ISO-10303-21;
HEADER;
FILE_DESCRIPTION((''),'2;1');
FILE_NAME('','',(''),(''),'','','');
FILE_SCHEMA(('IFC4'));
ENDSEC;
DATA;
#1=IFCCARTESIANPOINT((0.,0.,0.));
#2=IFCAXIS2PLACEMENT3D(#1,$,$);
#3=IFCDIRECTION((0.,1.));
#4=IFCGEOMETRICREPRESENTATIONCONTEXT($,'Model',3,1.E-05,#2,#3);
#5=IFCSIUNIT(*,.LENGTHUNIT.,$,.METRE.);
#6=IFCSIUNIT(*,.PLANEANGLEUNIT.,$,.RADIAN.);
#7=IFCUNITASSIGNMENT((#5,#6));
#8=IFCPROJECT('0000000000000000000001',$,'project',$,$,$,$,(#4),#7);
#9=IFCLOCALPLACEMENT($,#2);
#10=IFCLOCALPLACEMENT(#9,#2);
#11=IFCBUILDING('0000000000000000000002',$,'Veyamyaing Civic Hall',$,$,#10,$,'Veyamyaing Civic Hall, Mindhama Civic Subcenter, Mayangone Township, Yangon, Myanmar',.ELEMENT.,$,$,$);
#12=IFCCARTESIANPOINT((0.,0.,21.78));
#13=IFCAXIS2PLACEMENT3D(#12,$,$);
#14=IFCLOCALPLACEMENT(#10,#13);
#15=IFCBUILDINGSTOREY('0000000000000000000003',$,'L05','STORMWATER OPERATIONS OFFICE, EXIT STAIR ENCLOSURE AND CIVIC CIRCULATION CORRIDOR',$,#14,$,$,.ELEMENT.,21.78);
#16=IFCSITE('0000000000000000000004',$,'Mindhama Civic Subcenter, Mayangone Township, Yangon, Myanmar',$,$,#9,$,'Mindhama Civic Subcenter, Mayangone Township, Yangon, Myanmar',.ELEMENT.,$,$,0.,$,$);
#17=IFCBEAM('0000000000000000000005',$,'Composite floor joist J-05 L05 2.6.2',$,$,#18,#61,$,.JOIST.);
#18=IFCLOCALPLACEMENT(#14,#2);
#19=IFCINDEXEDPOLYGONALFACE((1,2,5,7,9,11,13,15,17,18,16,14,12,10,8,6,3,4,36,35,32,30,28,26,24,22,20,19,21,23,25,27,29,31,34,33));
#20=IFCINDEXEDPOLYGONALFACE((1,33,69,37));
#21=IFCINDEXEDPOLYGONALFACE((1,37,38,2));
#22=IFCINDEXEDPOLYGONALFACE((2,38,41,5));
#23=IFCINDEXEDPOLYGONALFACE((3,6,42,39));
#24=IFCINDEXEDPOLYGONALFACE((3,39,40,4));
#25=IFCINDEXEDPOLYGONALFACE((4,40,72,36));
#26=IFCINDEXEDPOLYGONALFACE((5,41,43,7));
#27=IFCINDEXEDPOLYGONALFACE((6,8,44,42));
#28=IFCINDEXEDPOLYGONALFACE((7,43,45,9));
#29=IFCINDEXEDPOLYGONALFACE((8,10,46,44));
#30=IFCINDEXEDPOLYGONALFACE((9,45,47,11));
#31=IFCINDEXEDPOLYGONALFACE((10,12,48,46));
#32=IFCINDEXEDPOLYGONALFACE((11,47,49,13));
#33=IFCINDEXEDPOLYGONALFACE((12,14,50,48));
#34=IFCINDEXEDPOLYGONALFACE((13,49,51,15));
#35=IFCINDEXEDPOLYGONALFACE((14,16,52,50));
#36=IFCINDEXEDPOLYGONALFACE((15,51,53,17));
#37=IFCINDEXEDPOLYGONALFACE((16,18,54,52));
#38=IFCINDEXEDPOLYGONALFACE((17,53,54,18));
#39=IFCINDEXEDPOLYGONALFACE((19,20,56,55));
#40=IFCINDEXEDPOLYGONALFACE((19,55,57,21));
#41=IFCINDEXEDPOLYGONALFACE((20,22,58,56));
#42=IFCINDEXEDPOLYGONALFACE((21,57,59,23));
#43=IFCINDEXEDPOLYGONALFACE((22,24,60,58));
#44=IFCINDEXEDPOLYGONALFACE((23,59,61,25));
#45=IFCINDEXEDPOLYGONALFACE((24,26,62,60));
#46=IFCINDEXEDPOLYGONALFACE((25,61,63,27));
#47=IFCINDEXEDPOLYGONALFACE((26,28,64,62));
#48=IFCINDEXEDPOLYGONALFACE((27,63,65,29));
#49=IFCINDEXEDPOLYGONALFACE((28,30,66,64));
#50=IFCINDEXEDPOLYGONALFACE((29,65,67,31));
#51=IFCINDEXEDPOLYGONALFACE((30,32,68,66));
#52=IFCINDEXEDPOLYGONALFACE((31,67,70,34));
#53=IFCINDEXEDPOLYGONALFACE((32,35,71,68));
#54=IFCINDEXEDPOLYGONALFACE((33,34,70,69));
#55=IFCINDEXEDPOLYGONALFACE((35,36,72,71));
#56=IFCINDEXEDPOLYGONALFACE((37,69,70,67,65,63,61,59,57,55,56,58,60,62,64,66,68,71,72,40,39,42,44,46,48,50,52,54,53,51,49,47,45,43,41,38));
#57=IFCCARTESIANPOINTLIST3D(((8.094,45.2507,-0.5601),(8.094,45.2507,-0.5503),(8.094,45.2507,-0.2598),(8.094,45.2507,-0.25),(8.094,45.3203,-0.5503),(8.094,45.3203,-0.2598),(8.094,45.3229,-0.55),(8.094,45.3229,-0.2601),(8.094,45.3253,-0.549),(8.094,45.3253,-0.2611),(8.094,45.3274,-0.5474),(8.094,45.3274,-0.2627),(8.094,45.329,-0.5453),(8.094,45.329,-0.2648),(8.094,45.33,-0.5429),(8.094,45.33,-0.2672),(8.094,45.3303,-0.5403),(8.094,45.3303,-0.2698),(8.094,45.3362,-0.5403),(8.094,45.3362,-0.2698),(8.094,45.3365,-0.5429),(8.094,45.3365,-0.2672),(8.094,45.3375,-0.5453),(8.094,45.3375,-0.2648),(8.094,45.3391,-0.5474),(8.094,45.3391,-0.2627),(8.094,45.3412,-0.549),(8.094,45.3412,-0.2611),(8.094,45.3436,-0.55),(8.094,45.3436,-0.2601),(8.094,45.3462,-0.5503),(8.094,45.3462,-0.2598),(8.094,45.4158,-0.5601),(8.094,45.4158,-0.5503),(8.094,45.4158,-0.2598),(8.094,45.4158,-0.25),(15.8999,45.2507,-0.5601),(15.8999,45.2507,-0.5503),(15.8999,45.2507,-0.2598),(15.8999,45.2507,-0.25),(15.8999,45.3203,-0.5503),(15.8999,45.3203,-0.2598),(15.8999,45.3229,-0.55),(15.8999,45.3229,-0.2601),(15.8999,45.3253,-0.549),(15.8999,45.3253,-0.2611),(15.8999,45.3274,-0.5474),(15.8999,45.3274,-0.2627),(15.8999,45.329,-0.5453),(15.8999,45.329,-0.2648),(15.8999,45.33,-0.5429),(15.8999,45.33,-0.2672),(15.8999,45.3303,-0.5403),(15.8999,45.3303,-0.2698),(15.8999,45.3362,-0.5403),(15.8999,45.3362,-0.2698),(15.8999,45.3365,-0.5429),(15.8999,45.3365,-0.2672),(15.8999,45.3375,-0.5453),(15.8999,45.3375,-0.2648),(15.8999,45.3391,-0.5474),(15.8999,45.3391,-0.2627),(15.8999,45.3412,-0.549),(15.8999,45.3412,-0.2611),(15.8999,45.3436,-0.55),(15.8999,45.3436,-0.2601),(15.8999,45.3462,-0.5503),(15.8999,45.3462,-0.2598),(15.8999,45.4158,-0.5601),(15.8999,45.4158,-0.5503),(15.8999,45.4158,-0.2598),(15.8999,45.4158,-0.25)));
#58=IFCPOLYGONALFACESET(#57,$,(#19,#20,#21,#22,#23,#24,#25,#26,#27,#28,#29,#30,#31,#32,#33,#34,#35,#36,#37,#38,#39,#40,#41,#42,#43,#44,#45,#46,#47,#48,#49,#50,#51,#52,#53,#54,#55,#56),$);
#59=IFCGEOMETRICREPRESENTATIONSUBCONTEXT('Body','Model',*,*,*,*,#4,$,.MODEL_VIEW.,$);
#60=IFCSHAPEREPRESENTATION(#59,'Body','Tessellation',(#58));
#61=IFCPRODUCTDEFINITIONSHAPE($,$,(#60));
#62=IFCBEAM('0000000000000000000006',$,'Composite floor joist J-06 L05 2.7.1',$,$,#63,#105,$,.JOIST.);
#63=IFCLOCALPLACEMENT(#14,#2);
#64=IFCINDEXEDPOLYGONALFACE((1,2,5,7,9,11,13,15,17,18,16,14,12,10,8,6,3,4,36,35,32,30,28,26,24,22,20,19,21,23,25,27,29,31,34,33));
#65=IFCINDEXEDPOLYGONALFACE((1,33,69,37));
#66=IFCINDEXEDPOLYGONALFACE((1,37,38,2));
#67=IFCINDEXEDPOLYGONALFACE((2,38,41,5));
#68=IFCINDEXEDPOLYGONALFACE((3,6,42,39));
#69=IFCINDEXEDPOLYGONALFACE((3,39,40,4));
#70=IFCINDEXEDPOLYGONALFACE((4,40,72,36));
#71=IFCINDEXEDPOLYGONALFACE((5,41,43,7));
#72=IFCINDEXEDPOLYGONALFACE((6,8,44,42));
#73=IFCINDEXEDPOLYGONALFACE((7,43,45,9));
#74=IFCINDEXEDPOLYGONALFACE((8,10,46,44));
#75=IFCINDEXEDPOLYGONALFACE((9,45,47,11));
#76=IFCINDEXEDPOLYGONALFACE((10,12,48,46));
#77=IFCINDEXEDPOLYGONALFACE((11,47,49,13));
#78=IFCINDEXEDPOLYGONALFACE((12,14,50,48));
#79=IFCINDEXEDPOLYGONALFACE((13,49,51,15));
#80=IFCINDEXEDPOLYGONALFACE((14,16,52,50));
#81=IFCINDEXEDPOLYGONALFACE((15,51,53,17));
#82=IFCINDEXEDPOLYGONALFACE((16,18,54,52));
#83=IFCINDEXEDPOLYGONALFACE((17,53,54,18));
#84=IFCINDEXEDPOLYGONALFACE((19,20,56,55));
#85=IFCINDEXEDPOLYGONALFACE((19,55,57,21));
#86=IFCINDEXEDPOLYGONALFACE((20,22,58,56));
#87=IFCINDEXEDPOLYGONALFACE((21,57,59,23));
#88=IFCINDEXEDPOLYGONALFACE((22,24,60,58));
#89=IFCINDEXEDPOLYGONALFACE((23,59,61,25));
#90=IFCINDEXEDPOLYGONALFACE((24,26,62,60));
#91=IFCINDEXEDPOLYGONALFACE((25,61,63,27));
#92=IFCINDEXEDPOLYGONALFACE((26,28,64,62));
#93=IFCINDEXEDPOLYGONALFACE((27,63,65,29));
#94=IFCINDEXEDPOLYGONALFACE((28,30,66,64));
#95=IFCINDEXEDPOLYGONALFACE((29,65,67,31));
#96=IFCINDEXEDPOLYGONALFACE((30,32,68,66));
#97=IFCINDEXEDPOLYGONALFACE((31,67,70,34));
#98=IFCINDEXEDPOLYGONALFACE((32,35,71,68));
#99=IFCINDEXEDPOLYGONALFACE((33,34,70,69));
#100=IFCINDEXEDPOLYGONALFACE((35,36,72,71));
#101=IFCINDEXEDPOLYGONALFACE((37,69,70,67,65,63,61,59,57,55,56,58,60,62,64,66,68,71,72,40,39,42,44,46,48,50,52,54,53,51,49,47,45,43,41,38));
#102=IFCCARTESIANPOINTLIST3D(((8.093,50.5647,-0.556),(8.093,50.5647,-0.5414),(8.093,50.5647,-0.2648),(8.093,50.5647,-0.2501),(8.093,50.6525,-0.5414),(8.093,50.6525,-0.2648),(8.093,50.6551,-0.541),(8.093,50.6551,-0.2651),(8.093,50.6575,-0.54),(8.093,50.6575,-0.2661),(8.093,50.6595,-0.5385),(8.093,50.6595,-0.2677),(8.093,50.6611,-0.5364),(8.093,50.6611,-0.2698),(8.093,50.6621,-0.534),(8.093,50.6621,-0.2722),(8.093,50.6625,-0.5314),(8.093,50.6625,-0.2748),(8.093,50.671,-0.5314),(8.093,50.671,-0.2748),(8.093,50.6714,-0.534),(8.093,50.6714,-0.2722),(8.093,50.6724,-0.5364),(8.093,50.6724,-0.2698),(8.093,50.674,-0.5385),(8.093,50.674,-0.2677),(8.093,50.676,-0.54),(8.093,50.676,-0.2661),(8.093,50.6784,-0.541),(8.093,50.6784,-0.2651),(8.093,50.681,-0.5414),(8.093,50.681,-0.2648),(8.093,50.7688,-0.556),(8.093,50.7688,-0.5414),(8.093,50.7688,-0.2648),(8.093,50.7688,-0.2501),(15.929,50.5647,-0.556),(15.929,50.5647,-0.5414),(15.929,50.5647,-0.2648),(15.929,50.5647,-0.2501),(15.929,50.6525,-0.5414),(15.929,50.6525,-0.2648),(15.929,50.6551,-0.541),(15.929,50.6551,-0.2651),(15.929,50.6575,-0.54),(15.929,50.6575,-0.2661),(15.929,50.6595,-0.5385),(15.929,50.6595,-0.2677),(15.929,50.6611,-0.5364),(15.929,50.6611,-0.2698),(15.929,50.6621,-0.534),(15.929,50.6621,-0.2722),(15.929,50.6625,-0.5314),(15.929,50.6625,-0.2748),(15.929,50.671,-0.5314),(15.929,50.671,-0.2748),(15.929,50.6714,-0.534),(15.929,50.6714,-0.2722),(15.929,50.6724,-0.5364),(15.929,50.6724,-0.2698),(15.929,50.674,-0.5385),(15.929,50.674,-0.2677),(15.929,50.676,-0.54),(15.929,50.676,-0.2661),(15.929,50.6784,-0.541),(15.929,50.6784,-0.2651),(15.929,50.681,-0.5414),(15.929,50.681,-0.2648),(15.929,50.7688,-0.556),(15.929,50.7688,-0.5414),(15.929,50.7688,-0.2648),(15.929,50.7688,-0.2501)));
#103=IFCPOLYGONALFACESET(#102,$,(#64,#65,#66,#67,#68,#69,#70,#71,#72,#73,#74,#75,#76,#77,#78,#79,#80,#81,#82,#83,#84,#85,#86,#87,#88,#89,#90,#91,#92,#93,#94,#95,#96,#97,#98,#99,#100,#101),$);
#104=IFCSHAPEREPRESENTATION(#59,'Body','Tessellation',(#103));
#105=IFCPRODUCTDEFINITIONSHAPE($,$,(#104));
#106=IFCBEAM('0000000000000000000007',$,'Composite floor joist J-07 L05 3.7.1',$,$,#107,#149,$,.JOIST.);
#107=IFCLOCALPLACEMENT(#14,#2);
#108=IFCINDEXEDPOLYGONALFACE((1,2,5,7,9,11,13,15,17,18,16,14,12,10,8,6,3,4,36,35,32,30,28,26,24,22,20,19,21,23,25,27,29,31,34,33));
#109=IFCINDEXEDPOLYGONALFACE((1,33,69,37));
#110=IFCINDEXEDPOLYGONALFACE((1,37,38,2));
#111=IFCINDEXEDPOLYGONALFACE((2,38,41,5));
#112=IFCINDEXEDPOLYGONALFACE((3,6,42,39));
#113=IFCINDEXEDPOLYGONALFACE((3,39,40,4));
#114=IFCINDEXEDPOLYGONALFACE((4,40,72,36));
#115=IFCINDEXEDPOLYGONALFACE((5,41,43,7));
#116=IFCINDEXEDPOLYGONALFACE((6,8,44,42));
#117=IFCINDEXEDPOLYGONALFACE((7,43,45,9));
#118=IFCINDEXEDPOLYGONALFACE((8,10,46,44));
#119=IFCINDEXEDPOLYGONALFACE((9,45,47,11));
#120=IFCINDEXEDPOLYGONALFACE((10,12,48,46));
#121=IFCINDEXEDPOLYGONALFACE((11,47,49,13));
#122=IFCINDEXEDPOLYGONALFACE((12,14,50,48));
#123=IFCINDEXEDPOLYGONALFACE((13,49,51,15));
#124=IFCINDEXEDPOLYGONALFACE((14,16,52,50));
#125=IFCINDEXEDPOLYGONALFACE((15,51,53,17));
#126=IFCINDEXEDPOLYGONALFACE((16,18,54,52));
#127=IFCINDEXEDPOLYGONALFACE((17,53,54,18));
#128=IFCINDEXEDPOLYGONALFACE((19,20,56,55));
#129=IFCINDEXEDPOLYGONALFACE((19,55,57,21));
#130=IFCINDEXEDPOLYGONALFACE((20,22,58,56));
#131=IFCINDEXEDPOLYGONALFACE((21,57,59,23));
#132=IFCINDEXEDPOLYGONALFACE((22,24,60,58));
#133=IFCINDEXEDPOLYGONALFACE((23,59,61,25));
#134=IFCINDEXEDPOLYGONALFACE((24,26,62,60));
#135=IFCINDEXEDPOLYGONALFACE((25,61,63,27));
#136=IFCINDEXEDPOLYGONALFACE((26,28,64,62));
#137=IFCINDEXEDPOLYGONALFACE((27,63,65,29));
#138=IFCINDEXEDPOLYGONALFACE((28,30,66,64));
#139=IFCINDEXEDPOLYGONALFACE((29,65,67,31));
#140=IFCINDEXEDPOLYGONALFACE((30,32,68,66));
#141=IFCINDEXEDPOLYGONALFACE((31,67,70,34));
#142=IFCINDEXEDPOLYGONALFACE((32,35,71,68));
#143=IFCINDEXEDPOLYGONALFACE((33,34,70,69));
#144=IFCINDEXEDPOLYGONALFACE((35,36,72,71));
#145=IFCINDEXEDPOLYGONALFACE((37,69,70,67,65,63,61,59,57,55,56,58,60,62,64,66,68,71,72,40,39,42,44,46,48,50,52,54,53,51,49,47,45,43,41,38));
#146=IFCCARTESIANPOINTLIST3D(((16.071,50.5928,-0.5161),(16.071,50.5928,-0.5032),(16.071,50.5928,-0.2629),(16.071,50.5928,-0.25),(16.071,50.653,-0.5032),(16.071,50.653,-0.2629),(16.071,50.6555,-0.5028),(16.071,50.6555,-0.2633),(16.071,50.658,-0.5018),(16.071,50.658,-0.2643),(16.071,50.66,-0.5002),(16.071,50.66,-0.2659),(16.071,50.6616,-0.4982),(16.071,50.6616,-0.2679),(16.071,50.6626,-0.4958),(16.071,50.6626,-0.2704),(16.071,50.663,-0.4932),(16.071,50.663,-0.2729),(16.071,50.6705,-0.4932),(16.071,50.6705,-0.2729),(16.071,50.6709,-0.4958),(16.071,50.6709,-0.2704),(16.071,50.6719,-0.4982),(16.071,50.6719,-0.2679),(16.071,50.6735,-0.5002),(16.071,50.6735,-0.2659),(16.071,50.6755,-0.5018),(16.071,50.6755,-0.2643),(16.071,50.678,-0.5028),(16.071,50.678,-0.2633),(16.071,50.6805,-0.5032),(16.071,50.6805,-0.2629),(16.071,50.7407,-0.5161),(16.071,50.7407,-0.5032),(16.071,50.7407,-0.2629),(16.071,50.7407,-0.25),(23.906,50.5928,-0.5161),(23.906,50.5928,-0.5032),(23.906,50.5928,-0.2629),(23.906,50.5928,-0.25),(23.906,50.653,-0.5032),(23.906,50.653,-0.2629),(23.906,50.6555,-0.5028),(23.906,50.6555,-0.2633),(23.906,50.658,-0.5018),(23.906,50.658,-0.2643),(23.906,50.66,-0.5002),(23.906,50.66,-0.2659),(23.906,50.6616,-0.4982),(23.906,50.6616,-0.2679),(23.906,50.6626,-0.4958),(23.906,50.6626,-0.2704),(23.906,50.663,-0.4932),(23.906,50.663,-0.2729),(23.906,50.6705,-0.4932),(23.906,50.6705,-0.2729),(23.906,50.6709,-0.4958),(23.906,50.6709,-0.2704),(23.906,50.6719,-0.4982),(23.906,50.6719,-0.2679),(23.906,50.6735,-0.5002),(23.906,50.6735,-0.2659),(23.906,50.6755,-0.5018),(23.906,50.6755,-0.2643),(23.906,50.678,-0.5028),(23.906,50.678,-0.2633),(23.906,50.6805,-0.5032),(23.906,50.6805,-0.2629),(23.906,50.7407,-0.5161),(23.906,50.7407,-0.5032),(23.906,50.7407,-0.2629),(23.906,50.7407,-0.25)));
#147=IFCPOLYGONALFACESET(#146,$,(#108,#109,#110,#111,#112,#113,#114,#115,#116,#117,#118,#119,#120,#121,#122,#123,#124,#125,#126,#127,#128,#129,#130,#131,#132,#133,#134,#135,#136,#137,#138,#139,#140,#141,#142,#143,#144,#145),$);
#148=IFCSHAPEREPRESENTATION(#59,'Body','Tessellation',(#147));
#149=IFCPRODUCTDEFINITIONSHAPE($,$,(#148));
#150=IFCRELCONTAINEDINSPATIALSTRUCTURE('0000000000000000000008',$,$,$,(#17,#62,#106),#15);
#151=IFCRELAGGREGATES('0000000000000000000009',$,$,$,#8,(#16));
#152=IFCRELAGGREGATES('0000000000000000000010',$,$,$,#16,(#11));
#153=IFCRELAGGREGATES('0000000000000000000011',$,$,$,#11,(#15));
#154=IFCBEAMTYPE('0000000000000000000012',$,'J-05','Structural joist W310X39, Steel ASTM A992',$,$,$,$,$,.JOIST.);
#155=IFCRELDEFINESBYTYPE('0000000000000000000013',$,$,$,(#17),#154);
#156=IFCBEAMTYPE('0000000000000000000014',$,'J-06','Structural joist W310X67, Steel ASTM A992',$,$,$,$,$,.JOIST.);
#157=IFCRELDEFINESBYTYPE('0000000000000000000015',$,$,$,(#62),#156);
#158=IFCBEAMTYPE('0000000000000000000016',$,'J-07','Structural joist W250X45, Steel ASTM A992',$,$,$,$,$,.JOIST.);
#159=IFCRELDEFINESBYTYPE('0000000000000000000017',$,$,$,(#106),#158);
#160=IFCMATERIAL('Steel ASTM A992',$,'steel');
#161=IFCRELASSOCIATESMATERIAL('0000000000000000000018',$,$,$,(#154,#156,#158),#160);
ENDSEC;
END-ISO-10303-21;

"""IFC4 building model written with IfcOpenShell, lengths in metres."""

from ifc_helpers import new_model, si_unit, direction, frame, origin, origin_2d, place, context, subcontext, project, spatial, i_section, extrude, material, material_profile, profile_set, type_object, element, save


model = new_model("IFC4")

# Units and contexts
model_context = context("Model", 3, precision=1e-05, world=origin(), true_north=direction((0.0, 1.0)))
body_context = subcontext(model_context, "Body", "Model", "MODEL_VIEW")
ifc_project = project(units=[si_unit("LENGTHUNIT", "METRE"), si_unit("PLANEANGLEUNIT", "RADIAN")], contexts=[model_context])

# Site, building, storey
site_placement = place(None, origin())
site = spatial("IfcSite", under=ifc_project, at=site_placement, Name="Mindhama Civic Subcenter, Mayangone Township, Yangon, Myanmar", LongName="Mindhama Civic Subcenter, Mayangone Township, Yangon, Myanmar", CompositionType="ELEMENT", RefElevation=0.0)
building_placement = place(site_placement, origin())
building = spatial("IfcBuilding", under=site, at=building_placement, Name="Veyamyaing Civic Hall", LongName="Veyamyaing Civic Hall, Mindhama Civic Subcenter, Mayangone Township, Yangon, Myanmar", CompositionType="ELEMENT")
storey_placement = place(building_placement, frame((0.0, 0.0, 21.78)))
storey = spatial("IfcBuildingStorey", under=building, at=storey_placement, Name="L05", Description="STORMWATER OPERATIONS OFFICE, EXIT STAIR ENCLOSURE AND CIVIC CIRCULATION CORRIDOR", CompositionType="ELEMENT", Elevation=21.78)

# Beams
ifc_material_1 = material(Name="Steel ASTM A992", Category="steel")
ifc_material_profile_1 = material_profile(ifc_material_1, i_section(OverallWidth=0.165, OverallDepth=0.3101, WebThickness=0.0059, FlangeThickness=0.0098, FilletRadius=0.01, at=origin_2d()), Name="W310X39")
ifc_profile_set_1 = profile_set([ifc_material_profile_1], Name="Steel ASTM A992")
beam_type_1 = type_object("IfcBeamType", Name="J-05", Description="Structural joist W310X39, Steel ASTM A992", PredefinedType="JOIST", material=ifc_profile_set_1)
for number, where, z_axis, x_axis, name in (
    (1, (8.094, 45.3333, -0.405), (1.0, 0.0, 0.0), (0.0, 1.0, 0.0), "Composite floor joist J-05 L05 2.6.2"),
):
    element("IfcBeam", number, at=place(storey_placement, frame(where, z_axis=z_axis, x_axis=x_axis)), inside=storey, type_object=beam_type_1, Name=name, PredefinedType="JOIST", context=body_context, shape_type="SweptSolid", body=[
        extrude(i_section(OverallWidth=0.165, OverallDepth=0.3101, WebThickness=0.0059, FlangeThickness=0.0098, FilletRadius=0.01, at=origin_2d()), origin(), (0.0, 0.0, 1.0), 7.8059),
    ])
ifc_material_profile_2 = material_profile(ifc_material_1, i_section(OverallWidth=0.2041, OverallDepth=0.3059, WebThickness=0.0085, FlangeThickness=0.0146, FilletRadius=0.01, at=origin_2d()), Name="W310X67")
ifc_profile_set_2 = profile_set([ifc_material_profile_2], Name="Steel ASTM A992")
beam_type_2 = type_object("IfcBeamType", Name="J-06", Description="Structural joist W310X67, Steel ASTM A992", PredefinedType="JOIST", material=ifc_profile_set_2)
beam_1_placement = place(storey_placement, frame((8.093, 50.6667, -0.4031), z_axis=(1.0, 0.0, 0.0), x_axis=(0.0, 1.0, 0.0)))
element("IfcBeam", 2, at=beam_1_placement, inside=storey, type_object=beam_type_2, Name="Composite floor joist J-06 L05 2.7.1", PredefinedType="JOIST", context=body_context, shape_type="SweptSolid", body=[
    extrude(i_section(OverallWidth=0.2041, OverallDepth=0.3059, WebThickness=0.0085, FlangeThickness=0.0146, FilletRadius=0.01, at=origin_2d()), origin(), (0.0, 0.0, 1.0), 7.8359),
])
ifc_material_profile_3 = material_profile(ifc_material_1, i_section(OverallWidth=0.1479, OverallDepth=0.2661, WebThickness=0.0076, FlangeThickness=0.0129, FilletRadius=0.01, at=origin_2d()), Name="W250X45")
ifc_profile_set_3 = profile_set([ifc_material_profile_3], Name="Steel ASTM A992")
beam_type_3 = type_object("IfcBeamType", Name="J-07", Description="Structural joist W250X45, Steel ASTM A992", PredefinedType="JOIST", material=ifc_profile_set_3)
beam_2_placement = place(storey_placement, frame((16.071, 50.6667, -0.3831), z_axis=(1.0, 0.0, 0.0), x_axis=(0.0, 1.0, 0.0)))
element("IfcBeam", 3, at=beam_2_placement, inside=storey, type_object=beam_type_3, Name="Composite floor joist J-07 L05 3.7.1", PredefinedType="JOIST", context=body_context, shape_type="SweptSolid", body=[
    extrude(i_section(OverallWidth=0.1479, OverallDepth=0.2661, WebThickness=0.0076, FlangeThickness=0.0129, FilletRadius=0.01, at=origin_2d()), origin(), (0.0, 0.0, 1.0), 7.835),
])

save(model, "model.ifc")
